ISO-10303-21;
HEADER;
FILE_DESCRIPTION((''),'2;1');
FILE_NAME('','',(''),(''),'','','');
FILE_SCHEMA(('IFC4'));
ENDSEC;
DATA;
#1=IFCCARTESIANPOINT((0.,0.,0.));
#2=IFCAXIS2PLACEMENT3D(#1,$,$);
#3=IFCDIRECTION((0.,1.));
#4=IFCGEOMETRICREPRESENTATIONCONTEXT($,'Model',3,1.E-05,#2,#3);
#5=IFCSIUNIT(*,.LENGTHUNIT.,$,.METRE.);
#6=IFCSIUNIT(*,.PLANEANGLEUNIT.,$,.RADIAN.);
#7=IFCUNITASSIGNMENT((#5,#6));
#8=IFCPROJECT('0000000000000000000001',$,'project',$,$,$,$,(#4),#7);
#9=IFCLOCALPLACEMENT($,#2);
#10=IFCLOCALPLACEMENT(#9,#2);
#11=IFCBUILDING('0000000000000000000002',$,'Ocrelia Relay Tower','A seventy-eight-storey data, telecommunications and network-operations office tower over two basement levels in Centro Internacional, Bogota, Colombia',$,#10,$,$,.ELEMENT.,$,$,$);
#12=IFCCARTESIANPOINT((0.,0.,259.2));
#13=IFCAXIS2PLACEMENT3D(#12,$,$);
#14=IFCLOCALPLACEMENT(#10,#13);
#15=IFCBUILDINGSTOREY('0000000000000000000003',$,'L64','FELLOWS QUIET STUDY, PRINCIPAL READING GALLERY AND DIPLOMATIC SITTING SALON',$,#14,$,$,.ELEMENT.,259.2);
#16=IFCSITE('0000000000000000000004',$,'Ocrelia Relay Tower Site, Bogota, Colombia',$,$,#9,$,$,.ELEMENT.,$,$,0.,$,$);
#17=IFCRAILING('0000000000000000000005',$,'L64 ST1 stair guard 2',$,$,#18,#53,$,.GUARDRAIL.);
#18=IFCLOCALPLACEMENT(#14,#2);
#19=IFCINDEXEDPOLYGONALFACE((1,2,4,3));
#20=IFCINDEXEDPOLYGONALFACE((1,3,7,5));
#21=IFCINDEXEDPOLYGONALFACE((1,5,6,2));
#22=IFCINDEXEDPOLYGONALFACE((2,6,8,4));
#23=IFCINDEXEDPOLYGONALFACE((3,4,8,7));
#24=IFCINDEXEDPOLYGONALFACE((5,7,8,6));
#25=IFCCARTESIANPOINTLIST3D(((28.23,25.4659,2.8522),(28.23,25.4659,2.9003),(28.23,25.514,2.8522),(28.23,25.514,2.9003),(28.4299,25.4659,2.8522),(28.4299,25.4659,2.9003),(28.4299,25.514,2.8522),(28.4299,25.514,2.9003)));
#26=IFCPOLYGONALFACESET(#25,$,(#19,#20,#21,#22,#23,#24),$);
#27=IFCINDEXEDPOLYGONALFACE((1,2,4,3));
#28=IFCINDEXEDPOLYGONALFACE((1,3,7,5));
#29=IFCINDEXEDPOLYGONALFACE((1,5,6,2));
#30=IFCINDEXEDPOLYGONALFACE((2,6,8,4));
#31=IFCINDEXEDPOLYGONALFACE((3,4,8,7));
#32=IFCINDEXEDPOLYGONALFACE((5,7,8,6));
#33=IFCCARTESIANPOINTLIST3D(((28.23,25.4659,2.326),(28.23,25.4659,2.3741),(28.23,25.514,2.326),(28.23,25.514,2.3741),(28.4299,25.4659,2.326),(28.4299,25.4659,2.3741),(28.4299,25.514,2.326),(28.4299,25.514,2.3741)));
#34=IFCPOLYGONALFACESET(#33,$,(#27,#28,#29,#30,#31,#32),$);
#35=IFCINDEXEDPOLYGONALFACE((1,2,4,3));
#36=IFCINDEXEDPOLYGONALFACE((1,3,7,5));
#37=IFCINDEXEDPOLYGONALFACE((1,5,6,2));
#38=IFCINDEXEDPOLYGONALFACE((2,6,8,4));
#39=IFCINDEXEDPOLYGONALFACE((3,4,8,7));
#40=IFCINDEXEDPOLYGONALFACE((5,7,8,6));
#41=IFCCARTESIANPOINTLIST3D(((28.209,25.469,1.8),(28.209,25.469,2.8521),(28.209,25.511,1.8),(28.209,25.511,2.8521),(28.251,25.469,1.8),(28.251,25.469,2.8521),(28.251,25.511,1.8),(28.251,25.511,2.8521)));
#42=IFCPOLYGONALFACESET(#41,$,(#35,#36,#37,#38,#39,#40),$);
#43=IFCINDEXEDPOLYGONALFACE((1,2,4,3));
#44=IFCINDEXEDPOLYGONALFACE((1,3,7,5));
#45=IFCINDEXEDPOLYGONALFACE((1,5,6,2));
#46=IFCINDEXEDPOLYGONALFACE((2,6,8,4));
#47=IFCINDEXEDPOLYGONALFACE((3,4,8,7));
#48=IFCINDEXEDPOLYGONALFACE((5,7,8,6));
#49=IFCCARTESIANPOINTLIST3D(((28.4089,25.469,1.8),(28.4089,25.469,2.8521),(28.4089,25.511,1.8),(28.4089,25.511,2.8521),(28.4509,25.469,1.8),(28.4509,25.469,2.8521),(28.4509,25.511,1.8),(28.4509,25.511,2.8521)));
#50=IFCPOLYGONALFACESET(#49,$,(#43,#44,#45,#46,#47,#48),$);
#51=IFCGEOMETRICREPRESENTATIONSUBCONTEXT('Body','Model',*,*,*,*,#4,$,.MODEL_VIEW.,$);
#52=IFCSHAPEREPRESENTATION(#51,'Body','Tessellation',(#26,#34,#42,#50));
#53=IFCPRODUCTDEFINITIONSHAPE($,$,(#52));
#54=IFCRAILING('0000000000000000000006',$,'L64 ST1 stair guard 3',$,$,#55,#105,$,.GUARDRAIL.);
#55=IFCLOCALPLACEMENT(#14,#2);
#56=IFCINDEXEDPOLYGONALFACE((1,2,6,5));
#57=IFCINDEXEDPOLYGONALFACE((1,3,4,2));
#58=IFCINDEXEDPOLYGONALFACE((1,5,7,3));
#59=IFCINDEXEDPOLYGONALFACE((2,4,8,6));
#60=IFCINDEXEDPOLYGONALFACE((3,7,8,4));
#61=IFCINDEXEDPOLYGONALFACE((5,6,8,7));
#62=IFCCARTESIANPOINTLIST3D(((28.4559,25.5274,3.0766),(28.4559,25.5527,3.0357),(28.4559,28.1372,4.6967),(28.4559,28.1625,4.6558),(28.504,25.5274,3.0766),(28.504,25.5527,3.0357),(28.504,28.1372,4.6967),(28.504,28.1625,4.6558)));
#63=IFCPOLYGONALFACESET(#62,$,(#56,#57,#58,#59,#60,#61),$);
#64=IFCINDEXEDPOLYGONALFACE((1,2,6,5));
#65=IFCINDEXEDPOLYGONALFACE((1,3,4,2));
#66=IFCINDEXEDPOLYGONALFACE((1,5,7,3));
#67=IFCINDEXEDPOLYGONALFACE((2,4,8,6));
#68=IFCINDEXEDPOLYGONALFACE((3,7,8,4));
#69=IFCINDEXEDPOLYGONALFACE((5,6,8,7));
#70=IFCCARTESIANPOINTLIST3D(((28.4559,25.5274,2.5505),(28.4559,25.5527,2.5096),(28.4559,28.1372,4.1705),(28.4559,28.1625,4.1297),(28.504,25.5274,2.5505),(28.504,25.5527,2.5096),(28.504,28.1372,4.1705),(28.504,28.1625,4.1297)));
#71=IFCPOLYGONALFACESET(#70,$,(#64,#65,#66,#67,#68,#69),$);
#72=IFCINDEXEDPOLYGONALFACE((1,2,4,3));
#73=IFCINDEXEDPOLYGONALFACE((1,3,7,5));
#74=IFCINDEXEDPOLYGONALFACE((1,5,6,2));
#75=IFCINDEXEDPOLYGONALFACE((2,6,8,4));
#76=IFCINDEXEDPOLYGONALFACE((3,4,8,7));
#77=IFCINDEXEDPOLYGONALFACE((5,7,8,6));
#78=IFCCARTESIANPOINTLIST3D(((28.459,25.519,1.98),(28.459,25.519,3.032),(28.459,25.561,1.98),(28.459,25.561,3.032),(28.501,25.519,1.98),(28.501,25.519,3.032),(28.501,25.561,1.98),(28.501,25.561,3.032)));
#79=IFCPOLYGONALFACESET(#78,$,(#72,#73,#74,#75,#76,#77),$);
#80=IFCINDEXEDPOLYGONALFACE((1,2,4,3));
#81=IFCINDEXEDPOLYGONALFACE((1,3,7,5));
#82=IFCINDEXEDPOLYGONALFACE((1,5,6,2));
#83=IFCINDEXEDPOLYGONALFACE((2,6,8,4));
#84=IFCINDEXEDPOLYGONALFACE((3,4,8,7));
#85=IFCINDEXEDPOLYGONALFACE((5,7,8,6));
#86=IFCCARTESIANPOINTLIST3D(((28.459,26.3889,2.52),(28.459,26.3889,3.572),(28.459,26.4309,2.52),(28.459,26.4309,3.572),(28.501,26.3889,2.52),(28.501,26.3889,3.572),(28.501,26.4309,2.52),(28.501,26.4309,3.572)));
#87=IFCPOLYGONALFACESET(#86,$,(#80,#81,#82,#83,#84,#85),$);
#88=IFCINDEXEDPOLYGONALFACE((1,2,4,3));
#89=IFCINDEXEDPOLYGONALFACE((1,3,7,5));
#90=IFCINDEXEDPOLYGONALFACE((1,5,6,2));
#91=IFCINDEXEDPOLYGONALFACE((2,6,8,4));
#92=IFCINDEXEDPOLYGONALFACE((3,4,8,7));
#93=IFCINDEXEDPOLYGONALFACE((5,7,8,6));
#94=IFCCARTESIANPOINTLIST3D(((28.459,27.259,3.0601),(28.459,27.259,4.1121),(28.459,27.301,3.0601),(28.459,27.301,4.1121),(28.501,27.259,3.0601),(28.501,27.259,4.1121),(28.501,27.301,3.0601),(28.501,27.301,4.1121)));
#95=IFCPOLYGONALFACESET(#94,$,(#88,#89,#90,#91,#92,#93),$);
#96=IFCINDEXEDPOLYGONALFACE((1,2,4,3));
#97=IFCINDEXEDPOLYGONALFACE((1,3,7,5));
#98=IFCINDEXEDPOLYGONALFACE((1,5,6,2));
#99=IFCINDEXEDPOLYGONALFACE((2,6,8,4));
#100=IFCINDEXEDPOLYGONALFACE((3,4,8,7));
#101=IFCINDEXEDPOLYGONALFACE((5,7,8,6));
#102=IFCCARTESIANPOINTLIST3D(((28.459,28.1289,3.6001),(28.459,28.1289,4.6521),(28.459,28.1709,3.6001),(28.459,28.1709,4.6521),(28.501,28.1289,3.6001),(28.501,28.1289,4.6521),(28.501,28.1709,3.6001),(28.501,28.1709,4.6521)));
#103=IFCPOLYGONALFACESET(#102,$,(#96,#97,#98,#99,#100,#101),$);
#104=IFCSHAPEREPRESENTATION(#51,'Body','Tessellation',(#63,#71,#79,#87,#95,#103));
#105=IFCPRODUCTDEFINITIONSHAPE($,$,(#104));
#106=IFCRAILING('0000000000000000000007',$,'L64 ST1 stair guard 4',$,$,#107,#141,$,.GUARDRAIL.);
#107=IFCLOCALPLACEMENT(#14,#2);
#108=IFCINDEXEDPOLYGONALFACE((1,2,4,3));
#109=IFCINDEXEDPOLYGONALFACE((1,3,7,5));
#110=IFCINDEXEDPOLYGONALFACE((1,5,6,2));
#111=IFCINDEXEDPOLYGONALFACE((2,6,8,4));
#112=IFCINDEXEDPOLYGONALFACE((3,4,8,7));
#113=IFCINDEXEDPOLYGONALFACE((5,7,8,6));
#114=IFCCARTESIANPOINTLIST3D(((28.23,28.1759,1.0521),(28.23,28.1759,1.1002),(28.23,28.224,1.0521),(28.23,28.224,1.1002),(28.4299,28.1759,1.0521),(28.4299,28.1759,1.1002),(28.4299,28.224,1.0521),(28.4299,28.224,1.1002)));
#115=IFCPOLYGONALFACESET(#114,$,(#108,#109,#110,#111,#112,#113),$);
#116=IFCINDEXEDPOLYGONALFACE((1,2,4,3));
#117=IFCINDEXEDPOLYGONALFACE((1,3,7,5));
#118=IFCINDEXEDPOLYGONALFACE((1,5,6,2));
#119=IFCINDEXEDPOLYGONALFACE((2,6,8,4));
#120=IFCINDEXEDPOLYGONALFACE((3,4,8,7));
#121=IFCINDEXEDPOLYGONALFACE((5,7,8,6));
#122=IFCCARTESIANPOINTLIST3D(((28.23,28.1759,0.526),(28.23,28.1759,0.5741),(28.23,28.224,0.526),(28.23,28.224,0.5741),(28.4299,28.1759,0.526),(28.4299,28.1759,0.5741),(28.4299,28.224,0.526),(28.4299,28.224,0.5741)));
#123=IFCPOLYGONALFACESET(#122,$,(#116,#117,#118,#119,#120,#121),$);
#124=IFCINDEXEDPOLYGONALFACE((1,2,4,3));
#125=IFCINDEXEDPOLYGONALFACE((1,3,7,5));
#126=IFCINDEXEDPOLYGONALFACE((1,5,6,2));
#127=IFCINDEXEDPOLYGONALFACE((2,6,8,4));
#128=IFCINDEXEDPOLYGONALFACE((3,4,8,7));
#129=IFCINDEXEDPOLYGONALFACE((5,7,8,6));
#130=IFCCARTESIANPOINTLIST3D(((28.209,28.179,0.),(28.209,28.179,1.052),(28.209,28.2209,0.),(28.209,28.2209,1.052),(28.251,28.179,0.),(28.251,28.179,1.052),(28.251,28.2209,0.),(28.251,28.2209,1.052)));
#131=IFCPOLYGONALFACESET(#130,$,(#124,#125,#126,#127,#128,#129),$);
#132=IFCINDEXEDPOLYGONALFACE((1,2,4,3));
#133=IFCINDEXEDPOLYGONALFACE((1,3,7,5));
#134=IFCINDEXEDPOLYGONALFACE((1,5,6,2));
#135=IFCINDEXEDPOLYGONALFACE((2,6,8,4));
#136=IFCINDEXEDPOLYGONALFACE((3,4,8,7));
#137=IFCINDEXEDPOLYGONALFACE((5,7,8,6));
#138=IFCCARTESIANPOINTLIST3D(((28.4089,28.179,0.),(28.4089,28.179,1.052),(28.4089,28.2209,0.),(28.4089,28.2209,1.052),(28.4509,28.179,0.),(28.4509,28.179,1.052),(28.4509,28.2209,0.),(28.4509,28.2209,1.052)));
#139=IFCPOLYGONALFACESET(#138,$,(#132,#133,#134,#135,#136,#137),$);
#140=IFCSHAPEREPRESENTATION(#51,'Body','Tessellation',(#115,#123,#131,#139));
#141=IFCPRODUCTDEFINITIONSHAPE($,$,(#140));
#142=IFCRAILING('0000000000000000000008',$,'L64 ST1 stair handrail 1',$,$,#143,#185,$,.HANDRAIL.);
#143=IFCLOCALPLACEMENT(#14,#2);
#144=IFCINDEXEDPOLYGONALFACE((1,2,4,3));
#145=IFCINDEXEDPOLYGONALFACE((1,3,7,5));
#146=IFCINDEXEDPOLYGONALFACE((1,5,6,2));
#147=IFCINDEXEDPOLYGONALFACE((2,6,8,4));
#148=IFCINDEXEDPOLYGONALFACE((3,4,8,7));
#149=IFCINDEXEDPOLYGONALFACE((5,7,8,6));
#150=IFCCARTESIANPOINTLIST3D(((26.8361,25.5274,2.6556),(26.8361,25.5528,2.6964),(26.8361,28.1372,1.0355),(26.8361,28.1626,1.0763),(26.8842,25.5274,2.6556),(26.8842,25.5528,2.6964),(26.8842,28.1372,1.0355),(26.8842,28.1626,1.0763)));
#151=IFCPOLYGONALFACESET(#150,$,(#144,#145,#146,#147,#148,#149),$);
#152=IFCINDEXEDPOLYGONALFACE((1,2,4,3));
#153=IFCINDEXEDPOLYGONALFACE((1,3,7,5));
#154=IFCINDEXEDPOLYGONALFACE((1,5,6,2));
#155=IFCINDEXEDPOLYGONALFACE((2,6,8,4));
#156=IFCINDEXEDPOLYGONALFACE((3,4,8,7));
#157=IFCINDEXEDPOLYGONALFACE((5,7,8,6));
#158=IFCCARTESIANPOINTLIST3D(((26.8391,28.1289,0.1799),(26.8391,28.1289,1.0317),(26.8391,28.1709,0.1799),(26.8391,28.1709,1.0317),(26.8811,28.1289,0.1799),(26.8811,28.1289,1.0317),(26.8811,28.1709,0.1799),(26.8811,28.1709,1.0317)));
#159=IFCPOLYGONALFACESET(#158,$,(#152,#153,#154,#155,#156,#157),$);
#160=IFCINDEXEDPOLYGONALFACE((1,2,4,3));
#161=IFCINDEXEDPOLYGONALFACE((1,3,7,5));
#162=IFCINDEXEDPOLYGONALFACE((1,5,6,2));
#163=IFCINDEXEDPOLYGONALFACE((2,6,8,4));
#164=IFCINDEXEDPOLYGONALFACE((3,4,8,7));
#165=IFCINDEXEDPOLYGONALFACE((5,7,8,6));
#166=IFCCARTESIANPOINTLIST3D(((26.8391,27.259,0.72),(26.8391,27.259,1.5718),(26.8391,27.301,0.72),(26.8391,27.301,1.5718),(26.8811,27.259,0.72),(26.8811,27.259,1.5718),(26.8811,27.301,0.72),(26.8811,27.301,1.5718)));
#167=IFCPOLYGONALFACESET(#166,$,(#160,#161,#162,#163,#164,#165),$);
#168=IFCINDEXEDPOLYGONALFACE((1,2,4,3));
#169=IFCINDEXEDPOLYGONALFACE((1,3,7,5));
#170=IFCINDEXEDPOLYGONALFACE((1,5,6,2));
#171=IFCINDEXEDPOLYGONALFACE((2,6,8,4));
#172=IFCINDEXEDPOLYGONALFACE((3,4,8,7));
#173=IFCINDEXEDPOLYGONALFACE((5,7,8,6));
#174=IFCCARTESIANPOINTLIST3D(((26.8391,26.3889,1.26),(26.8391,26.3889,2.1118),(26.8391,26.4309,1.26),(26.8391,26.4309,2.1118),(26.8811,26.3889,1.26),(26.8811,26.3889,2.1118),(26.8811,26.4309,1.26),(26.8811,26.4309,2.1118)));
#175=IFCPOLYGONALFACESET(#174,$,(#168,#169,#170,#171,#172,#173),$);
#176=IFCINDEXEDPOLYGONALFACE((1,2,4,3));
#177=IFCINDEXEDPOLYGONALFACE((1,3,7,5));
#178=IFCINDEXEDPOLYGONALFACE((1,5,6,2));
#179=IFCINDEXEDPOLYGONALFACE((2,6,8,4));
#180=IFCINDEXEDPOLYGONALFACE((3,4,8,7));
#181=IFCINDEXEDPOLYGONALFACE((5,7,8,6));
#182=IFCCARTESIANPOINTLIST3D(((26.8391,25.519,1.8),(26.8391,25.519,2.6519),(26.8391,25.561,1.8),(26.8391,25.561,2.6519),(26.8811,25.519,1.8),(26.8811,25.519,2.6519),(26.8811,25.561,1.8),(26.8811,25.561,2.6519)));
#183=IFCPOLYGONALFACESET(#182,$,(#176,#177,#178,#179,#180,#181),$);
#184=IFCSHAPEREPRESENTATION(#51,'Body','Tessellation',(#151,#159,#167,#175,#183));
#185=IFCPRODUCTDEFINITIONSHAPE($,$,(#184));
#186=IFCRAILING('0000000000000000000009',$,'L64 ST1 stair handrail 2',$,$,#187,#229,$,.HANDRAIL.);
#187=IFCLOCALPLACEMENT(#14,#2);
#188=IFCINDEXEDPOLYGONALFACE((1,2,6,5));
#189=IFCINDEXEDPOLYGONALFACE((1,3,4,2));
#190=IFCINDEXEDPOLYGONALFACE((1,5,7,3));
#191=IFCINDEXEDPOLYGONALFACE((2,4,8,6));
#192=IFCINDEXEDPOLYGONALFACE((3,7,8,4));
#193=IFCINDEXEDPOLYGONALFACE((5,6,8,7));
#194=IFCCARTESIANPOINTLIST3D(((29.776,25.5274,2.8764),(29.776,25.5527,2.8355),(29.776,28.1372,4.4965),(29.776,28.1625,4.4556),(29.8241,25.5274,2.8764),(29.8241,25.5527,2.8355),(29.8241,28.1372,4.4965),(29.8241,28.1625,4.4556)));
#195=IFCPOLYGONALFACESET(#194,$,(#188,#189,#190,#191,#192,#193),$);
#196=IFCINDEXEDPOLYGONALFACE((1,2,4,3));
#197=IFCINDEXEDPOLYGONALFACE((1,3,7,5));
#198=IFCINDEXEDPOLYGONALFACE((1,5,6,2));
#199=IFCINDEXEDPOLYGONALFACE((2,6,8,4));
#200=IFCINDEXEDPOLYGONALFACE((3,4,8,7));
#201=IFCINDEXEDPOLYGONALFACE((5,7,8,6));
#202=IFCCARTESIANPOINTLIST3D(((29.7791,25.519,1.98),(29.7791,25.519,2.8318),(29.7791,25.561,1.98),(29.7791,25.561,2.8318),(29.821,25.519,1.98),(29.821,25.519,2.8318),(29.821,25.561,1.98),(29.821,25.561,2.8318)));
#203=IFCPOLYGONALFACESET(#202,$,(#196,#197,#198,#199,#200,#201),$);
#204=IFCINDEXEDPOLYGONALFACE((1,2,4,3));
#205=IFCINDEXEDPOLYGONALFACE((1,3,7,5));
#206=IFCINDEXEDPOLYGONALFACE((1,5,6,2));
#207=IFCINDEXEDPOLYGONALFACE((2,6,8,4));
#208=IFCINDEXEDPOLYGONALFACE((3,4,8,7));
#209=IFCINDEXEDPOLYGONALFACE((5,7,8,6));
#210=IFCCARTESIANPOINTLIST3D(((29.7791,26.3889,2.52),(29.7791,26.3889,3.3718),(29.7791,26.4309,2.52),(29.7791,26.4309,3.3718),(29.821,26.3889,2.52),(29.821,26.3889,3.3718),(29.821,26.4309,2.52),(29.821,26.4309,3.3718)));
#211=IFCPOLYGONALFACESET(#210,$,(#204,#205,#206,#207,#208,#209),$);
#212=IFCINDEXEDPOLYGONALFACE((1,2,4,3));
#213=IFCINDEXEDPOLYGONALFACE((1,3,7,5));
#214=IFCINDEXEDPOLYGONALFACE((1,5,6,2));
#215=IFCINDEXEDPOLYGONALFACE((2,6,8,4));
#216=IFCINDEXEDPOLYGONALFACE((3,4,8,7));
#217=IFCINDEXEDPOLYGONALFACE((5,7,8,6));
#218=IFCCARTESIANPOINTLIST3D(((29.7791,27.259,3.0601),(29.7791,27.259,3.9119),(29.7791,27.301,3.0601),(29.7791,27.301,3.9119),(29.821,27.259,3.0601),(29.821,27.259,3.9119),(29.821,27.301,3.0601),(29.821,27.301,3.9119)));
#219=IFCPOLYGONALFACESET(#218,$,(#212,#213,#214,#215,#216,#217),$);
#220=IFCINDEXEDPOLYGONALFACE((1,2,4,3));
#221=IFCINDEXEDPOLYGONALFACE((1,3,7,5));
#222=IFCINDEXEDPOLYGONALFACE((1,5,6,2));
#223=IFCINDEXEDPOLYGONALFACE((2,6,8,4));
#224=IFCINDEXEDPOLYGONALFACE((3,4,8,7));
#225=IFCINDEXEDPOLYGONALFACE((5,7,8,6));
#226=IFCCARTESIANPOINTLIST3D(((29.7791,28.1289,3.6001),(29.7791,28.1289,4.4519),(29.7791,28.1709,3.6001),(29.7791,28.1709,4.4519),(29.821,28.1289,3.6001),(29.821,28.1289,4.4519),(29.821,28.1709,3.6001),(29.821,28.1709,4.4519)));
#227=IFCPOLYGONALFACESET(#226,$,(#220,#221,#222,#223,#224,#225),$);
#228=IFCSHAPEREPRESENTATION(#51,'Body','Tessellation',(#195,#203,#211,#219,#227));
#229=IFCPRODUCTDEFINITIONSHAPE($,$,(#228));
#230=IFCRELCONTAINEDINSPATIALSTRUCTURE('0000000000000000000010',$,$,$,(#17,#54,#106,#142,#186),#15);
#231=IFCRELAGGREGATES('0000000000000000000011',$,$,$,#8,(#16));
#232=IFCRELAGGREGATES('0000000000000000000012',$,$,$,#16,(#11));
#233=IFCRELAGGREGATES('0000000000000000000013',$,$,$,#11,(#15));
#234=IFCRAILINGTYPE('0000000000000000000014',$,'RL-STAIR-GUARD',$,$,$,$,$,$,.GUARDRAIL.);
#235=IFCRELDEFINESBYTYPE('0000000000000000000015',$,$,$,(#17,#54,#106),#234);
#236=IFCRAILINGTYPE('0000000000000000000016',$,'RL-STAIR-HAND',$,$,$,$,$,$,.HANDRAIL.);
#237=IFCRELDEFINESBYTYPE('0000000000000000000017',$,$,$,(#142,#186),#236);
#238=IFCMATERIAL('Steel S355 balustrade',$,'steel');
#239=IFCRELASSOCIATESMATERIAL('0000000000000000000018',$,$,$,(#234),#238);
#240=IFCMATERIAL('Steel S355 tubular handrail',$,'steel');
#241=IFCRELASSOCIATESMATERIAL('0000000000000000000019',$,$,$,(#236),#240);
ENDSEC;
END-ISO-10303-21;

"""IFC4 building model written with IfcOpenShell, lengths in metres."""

from ifc_helpers import new_model, si_unit, direction, frame, origin, origin_2d, place, context, subcontext, project, spatial, rectangle, extrude, material, type_object, element, save


model = new_model("IFC4")

# Units and contexts
model_context = context("Model", 3, precision=1e-05, world=origin(), true_north=direction((0.0, 1.0)))
body_context = subcontext(model_context, "Body", "Model", "MODEL_VIEW")
ifc_project = project(units=[si_unit("LENGTHUNIT", "METRE"), si_unit("PLANEANGLEUNIT", "RADIAN")], contexts=[model_context])

# Site, building, storey
site_placement = place(None, origin())
site = spatial("IfcSite", under=ifc_project, at=site_placement, Name="Ocrelia Relay Tower Site, Bogota, Colombia", CompositionType="ELEMENT", RefElevation=0.0)
building_placement = place(site_placement, origin())
building = spatial("IfcBuilding", under=site, at=building_placement, Name="Ocrelia Relay Tower", Description="A seventy-eight-storey data, telecommunications and network-operations office tower over two basement levels in Centro Internacional, Bogota, Colombia", CompositionType="ELEMENT")
storey_placement = place(building_placement, frame((0.0, 0.0, 259.2)))
storey = spatial("IfcBuildingStorey", under=building, at=storey_placement, Name="L64", Description="FELLOWS QUIET STUDY, PRINCIPAL READING GALLERY AND DIPLOMATIC SITTING SALON", CompositionType="ELEMENT", Elevation=259.2)

# Railings
ifc_material_1 = material(Name="Steel S355 balustrade", Category="steel")
railing_type_1 = type_object("IfcRailingType", Name="RL-STAIR-GUARD", PredefinedType="GUARDRAIL", material=ifc_material_1)
railing_1_placement = place(storey_placement, frame((28.23, 25.49, 1.8)))
element("IfcRailing", 1, at=railing_1_placement, inside=storey, type_object=railing_type_1, Name="L64 ST1 stair guard 2", PredefinedType="GUARDRAIL", context=body_context, shape_type="SweptSolid", body=[
    extrude(rectangle(XDim=0.0481, YDim=0.0481, at=origin_2d()), frame((0.0, 0.0, 1.0762), z_axis=(1.0, 0.0, 0.0), x_axis=(0.0, 1.0, 0.0)), (0.0, 0.0, 1.0), 0.2),
    extrude(rectangle(XDim=0.0481, YDim=0.0481, at=origin_2d()), frame((0.0, 0.0, 0.55), z_axis=(1.0, 0.0, 0.0), x_axis=(0.0, 1.0, 0.0)), (0.0, 0.0, 1.0), 0.2),
    extrude(rectangle(XDim=0.042, YDim=0.042, at=origin_2d()), origin(), (0.0, 0.0, 1.0), 1.052),
    extrude(rectangle(XDim=0.042, YDim=0.042, at=origin_2d()), frame((0.2, 0.0, 0.0)), (0.0, 0.0, 1.0), 1.052),
])
railing_2_placement = place(storey_placement, frame((28.48, 25.54, 1.98)))
element("IfcRailing", 2, at=railing_2_placement, inside=storey, type_object=railing_type_1, Name="L64 ST1 stair guard 3", PredefinedType="GUARDRAIL", context=body_context, shape_type="SweptSolid", body=[
    extrude(rectangle(XDim=0.0481, YDim=0.0481, at=origin_2d()), frame((0.0, 0.0, 1.0762), z_axis=(0.0, 0.849611, 0.52741), x_axis=(-1.0, 0.0, 0.0)), (0.0, 0.0, 1.0), 3.0718),
    extrude(rectangle(XDim=0.0481, YDim=0.0481, at=origin_2d()), frame((0.0, 0.0, 0.55), z_axis=(0.0, 0.849611, 0.52741), x_axis=(-1.0, 0.0, 0.0)), (0.0, 0.0, 1.0), 3.0718),
    extrude(rectangle(XDim=0.042, YDim=0.042, at=origin_2d()), origin(), (0.0, 0.0, 1.0), 1.052),
    extrude(rectangle(XDim=0.042, YDim=0.042, at=origin_2d()), frame((0.0, 0.8699, 0.54)), (0.0, 0.0, 1.0), 1.052),
    extrude(rectangle(XDim=0.042, YDim=0.042, at=origin_2d()), frame((0.0, 1.74, 1.0801)), (0.0, 0.0, 1.0), 1.052),
    extrude(rectangle(XDim=0.042, YDim=0.042, at=origin_2d()), frame((0.0, 2.6099, 1.6201)), (0.0, 0.0, 1.0), 1.052),
])
railing_3_placement = place(storey_placement, frame((28.23, 28.2, 0.0)))
element("IfcRailing", 3, at=railing_3_placement, inside=storey, type_object=railing_type_1, Name="L64 ST1 stair guard 4", PredefinedType="GUARDRAIL", context=body_context, shape_type="SweptSolid", body=[
    extrude(rectangle(XDim=0.0481, YDim=0.0481, at=origin_2d()), frame((0.0, 0.0, 1.0762), z_axis=(1.0, 0.0, 0.0), x_axis=(0.0, 1.0, 0.0)), (0.0, 0.0, 1.0), 0.2),
    extrude(rectangle(XDim=0.0481, YDim=0.0481, at=origin_2d()), frame((0.0, 0.0, 0.55), z_axis=(1.0, 0.0, 0.0), x_axis=(0.0, 1.0, 0.0)), (0.0, 0.0, 1.0), 0.2),
    extrude(rectangle(XDim=0.042, YDim=0.042, at=origin_2d()), origin(), (0.0, 0.0, 1.0), 1.052),
    extrude(rectangle(XDim=0.042, YDim=0.042, at=origin_2d()), frame((0.2, 0.0, 0.0)), (0.0, 0.0, 1.0), 1.052),
])
ifc_material_2 = material(Name="Steel S355 tubular handrail", Category="steel")
railing_type_2 = type_object("IfcRailingType", Name="RL-STAIR-HAND", PredefinedType="HANDRAIL", material=ifc_material_2)
railing_4_placement = place(storey_placement, frame((26.8601, 28.1499, 0.1799)))
element("IfcRailing", 4, at=railing_4_placement, inside=storey, type_object=railing_type_2, Name="L64 ST1 stair handrail 1", PredefinedType="HANDRAIL", context=body_context, shape_type="SweptSolid", body=[
    extrude(rectangle(XDim=0.0481, YDim=0.0481, at=origin_2d()), frame((0.0, 0.0, 0.876), z_axis=(0.0, -0.849611, 0.52741), x_axis=(1.0, 0.0, 0.0)), (0.0, 0.0, 1.0), 3.0718),
    extrude(rectangle(XDim=0.042, YDim=0.042, at=origin_2d()), origin(), (0.0, 0.0, 1.0), 0.8518),
    extrude(rectangle(XDim=0.042, YDim=0.042, at=origin_2d()), frame((0.0, -0.8699, 0.54)), (0.0, 0.0, 1.0), 0.8518),
    extrude(rectangle(XDim=0.042, YDim=0.042, at=origin_2d()), frame((0.0, -1.74, 1.0801)), (0.0, 0.0, 1.0), 0.8518),
    extrude(rectangle(XDim=0.042, YDim=0.042, at=origin_2d()), frame((0.0, -2.6099, 1.6201)), (0.0, 0.0, 1.0), 0.8518),
])
railing_5_placement = place(storey_placement, frame((29.8, 25.54, 1.98)))
element("IfcRailing", 5, at=railing_5_placement, inside=storey, type_object=railing_type_2, Name="L64 ST1 stair handrail 2", PredefinedType="HANDRAIL", context=body_context, shape_type="SweptSolid", body=[
    extrude(rectangle(XDim=0.0481, YDim=0.0481, at=origin_2d()), frame((0.0, 0.0, 0.876), z_axis=(0.0, 0.849611, 0.52741), x_axis=(-1.0, 0.0, 0.0)), (0.0, 0.0, 1.0), 3.0718),
    extrude(rectangle(XDim=0.042, YDim=0.042, at=origin_2d()), origin(), (0.0, 0.0, 1.0), 0.8518),
    extrude(rectangle(XDim=0.042, YDim=0.042, at=origin_2d()), frame((0.0, 0.8699, 0.54)), (0.0, 0.0, 1.0), 0.8518),
    extrude(rectangle(XDim=0.042, YDim=0.042, at=origin_2d()), frame((0.0, 1.74, 1.0801)), (0.0, 0.0, 1.0), 0.8518),
    extrude(rectangle(XDim=0.042, YDim=0.042, at=origin_2d()), frame((0.0, 2.6099, 1.6201)), (0.0, 0.0, 1.0), 0.8518),
])

save(model, "model.ifc")
